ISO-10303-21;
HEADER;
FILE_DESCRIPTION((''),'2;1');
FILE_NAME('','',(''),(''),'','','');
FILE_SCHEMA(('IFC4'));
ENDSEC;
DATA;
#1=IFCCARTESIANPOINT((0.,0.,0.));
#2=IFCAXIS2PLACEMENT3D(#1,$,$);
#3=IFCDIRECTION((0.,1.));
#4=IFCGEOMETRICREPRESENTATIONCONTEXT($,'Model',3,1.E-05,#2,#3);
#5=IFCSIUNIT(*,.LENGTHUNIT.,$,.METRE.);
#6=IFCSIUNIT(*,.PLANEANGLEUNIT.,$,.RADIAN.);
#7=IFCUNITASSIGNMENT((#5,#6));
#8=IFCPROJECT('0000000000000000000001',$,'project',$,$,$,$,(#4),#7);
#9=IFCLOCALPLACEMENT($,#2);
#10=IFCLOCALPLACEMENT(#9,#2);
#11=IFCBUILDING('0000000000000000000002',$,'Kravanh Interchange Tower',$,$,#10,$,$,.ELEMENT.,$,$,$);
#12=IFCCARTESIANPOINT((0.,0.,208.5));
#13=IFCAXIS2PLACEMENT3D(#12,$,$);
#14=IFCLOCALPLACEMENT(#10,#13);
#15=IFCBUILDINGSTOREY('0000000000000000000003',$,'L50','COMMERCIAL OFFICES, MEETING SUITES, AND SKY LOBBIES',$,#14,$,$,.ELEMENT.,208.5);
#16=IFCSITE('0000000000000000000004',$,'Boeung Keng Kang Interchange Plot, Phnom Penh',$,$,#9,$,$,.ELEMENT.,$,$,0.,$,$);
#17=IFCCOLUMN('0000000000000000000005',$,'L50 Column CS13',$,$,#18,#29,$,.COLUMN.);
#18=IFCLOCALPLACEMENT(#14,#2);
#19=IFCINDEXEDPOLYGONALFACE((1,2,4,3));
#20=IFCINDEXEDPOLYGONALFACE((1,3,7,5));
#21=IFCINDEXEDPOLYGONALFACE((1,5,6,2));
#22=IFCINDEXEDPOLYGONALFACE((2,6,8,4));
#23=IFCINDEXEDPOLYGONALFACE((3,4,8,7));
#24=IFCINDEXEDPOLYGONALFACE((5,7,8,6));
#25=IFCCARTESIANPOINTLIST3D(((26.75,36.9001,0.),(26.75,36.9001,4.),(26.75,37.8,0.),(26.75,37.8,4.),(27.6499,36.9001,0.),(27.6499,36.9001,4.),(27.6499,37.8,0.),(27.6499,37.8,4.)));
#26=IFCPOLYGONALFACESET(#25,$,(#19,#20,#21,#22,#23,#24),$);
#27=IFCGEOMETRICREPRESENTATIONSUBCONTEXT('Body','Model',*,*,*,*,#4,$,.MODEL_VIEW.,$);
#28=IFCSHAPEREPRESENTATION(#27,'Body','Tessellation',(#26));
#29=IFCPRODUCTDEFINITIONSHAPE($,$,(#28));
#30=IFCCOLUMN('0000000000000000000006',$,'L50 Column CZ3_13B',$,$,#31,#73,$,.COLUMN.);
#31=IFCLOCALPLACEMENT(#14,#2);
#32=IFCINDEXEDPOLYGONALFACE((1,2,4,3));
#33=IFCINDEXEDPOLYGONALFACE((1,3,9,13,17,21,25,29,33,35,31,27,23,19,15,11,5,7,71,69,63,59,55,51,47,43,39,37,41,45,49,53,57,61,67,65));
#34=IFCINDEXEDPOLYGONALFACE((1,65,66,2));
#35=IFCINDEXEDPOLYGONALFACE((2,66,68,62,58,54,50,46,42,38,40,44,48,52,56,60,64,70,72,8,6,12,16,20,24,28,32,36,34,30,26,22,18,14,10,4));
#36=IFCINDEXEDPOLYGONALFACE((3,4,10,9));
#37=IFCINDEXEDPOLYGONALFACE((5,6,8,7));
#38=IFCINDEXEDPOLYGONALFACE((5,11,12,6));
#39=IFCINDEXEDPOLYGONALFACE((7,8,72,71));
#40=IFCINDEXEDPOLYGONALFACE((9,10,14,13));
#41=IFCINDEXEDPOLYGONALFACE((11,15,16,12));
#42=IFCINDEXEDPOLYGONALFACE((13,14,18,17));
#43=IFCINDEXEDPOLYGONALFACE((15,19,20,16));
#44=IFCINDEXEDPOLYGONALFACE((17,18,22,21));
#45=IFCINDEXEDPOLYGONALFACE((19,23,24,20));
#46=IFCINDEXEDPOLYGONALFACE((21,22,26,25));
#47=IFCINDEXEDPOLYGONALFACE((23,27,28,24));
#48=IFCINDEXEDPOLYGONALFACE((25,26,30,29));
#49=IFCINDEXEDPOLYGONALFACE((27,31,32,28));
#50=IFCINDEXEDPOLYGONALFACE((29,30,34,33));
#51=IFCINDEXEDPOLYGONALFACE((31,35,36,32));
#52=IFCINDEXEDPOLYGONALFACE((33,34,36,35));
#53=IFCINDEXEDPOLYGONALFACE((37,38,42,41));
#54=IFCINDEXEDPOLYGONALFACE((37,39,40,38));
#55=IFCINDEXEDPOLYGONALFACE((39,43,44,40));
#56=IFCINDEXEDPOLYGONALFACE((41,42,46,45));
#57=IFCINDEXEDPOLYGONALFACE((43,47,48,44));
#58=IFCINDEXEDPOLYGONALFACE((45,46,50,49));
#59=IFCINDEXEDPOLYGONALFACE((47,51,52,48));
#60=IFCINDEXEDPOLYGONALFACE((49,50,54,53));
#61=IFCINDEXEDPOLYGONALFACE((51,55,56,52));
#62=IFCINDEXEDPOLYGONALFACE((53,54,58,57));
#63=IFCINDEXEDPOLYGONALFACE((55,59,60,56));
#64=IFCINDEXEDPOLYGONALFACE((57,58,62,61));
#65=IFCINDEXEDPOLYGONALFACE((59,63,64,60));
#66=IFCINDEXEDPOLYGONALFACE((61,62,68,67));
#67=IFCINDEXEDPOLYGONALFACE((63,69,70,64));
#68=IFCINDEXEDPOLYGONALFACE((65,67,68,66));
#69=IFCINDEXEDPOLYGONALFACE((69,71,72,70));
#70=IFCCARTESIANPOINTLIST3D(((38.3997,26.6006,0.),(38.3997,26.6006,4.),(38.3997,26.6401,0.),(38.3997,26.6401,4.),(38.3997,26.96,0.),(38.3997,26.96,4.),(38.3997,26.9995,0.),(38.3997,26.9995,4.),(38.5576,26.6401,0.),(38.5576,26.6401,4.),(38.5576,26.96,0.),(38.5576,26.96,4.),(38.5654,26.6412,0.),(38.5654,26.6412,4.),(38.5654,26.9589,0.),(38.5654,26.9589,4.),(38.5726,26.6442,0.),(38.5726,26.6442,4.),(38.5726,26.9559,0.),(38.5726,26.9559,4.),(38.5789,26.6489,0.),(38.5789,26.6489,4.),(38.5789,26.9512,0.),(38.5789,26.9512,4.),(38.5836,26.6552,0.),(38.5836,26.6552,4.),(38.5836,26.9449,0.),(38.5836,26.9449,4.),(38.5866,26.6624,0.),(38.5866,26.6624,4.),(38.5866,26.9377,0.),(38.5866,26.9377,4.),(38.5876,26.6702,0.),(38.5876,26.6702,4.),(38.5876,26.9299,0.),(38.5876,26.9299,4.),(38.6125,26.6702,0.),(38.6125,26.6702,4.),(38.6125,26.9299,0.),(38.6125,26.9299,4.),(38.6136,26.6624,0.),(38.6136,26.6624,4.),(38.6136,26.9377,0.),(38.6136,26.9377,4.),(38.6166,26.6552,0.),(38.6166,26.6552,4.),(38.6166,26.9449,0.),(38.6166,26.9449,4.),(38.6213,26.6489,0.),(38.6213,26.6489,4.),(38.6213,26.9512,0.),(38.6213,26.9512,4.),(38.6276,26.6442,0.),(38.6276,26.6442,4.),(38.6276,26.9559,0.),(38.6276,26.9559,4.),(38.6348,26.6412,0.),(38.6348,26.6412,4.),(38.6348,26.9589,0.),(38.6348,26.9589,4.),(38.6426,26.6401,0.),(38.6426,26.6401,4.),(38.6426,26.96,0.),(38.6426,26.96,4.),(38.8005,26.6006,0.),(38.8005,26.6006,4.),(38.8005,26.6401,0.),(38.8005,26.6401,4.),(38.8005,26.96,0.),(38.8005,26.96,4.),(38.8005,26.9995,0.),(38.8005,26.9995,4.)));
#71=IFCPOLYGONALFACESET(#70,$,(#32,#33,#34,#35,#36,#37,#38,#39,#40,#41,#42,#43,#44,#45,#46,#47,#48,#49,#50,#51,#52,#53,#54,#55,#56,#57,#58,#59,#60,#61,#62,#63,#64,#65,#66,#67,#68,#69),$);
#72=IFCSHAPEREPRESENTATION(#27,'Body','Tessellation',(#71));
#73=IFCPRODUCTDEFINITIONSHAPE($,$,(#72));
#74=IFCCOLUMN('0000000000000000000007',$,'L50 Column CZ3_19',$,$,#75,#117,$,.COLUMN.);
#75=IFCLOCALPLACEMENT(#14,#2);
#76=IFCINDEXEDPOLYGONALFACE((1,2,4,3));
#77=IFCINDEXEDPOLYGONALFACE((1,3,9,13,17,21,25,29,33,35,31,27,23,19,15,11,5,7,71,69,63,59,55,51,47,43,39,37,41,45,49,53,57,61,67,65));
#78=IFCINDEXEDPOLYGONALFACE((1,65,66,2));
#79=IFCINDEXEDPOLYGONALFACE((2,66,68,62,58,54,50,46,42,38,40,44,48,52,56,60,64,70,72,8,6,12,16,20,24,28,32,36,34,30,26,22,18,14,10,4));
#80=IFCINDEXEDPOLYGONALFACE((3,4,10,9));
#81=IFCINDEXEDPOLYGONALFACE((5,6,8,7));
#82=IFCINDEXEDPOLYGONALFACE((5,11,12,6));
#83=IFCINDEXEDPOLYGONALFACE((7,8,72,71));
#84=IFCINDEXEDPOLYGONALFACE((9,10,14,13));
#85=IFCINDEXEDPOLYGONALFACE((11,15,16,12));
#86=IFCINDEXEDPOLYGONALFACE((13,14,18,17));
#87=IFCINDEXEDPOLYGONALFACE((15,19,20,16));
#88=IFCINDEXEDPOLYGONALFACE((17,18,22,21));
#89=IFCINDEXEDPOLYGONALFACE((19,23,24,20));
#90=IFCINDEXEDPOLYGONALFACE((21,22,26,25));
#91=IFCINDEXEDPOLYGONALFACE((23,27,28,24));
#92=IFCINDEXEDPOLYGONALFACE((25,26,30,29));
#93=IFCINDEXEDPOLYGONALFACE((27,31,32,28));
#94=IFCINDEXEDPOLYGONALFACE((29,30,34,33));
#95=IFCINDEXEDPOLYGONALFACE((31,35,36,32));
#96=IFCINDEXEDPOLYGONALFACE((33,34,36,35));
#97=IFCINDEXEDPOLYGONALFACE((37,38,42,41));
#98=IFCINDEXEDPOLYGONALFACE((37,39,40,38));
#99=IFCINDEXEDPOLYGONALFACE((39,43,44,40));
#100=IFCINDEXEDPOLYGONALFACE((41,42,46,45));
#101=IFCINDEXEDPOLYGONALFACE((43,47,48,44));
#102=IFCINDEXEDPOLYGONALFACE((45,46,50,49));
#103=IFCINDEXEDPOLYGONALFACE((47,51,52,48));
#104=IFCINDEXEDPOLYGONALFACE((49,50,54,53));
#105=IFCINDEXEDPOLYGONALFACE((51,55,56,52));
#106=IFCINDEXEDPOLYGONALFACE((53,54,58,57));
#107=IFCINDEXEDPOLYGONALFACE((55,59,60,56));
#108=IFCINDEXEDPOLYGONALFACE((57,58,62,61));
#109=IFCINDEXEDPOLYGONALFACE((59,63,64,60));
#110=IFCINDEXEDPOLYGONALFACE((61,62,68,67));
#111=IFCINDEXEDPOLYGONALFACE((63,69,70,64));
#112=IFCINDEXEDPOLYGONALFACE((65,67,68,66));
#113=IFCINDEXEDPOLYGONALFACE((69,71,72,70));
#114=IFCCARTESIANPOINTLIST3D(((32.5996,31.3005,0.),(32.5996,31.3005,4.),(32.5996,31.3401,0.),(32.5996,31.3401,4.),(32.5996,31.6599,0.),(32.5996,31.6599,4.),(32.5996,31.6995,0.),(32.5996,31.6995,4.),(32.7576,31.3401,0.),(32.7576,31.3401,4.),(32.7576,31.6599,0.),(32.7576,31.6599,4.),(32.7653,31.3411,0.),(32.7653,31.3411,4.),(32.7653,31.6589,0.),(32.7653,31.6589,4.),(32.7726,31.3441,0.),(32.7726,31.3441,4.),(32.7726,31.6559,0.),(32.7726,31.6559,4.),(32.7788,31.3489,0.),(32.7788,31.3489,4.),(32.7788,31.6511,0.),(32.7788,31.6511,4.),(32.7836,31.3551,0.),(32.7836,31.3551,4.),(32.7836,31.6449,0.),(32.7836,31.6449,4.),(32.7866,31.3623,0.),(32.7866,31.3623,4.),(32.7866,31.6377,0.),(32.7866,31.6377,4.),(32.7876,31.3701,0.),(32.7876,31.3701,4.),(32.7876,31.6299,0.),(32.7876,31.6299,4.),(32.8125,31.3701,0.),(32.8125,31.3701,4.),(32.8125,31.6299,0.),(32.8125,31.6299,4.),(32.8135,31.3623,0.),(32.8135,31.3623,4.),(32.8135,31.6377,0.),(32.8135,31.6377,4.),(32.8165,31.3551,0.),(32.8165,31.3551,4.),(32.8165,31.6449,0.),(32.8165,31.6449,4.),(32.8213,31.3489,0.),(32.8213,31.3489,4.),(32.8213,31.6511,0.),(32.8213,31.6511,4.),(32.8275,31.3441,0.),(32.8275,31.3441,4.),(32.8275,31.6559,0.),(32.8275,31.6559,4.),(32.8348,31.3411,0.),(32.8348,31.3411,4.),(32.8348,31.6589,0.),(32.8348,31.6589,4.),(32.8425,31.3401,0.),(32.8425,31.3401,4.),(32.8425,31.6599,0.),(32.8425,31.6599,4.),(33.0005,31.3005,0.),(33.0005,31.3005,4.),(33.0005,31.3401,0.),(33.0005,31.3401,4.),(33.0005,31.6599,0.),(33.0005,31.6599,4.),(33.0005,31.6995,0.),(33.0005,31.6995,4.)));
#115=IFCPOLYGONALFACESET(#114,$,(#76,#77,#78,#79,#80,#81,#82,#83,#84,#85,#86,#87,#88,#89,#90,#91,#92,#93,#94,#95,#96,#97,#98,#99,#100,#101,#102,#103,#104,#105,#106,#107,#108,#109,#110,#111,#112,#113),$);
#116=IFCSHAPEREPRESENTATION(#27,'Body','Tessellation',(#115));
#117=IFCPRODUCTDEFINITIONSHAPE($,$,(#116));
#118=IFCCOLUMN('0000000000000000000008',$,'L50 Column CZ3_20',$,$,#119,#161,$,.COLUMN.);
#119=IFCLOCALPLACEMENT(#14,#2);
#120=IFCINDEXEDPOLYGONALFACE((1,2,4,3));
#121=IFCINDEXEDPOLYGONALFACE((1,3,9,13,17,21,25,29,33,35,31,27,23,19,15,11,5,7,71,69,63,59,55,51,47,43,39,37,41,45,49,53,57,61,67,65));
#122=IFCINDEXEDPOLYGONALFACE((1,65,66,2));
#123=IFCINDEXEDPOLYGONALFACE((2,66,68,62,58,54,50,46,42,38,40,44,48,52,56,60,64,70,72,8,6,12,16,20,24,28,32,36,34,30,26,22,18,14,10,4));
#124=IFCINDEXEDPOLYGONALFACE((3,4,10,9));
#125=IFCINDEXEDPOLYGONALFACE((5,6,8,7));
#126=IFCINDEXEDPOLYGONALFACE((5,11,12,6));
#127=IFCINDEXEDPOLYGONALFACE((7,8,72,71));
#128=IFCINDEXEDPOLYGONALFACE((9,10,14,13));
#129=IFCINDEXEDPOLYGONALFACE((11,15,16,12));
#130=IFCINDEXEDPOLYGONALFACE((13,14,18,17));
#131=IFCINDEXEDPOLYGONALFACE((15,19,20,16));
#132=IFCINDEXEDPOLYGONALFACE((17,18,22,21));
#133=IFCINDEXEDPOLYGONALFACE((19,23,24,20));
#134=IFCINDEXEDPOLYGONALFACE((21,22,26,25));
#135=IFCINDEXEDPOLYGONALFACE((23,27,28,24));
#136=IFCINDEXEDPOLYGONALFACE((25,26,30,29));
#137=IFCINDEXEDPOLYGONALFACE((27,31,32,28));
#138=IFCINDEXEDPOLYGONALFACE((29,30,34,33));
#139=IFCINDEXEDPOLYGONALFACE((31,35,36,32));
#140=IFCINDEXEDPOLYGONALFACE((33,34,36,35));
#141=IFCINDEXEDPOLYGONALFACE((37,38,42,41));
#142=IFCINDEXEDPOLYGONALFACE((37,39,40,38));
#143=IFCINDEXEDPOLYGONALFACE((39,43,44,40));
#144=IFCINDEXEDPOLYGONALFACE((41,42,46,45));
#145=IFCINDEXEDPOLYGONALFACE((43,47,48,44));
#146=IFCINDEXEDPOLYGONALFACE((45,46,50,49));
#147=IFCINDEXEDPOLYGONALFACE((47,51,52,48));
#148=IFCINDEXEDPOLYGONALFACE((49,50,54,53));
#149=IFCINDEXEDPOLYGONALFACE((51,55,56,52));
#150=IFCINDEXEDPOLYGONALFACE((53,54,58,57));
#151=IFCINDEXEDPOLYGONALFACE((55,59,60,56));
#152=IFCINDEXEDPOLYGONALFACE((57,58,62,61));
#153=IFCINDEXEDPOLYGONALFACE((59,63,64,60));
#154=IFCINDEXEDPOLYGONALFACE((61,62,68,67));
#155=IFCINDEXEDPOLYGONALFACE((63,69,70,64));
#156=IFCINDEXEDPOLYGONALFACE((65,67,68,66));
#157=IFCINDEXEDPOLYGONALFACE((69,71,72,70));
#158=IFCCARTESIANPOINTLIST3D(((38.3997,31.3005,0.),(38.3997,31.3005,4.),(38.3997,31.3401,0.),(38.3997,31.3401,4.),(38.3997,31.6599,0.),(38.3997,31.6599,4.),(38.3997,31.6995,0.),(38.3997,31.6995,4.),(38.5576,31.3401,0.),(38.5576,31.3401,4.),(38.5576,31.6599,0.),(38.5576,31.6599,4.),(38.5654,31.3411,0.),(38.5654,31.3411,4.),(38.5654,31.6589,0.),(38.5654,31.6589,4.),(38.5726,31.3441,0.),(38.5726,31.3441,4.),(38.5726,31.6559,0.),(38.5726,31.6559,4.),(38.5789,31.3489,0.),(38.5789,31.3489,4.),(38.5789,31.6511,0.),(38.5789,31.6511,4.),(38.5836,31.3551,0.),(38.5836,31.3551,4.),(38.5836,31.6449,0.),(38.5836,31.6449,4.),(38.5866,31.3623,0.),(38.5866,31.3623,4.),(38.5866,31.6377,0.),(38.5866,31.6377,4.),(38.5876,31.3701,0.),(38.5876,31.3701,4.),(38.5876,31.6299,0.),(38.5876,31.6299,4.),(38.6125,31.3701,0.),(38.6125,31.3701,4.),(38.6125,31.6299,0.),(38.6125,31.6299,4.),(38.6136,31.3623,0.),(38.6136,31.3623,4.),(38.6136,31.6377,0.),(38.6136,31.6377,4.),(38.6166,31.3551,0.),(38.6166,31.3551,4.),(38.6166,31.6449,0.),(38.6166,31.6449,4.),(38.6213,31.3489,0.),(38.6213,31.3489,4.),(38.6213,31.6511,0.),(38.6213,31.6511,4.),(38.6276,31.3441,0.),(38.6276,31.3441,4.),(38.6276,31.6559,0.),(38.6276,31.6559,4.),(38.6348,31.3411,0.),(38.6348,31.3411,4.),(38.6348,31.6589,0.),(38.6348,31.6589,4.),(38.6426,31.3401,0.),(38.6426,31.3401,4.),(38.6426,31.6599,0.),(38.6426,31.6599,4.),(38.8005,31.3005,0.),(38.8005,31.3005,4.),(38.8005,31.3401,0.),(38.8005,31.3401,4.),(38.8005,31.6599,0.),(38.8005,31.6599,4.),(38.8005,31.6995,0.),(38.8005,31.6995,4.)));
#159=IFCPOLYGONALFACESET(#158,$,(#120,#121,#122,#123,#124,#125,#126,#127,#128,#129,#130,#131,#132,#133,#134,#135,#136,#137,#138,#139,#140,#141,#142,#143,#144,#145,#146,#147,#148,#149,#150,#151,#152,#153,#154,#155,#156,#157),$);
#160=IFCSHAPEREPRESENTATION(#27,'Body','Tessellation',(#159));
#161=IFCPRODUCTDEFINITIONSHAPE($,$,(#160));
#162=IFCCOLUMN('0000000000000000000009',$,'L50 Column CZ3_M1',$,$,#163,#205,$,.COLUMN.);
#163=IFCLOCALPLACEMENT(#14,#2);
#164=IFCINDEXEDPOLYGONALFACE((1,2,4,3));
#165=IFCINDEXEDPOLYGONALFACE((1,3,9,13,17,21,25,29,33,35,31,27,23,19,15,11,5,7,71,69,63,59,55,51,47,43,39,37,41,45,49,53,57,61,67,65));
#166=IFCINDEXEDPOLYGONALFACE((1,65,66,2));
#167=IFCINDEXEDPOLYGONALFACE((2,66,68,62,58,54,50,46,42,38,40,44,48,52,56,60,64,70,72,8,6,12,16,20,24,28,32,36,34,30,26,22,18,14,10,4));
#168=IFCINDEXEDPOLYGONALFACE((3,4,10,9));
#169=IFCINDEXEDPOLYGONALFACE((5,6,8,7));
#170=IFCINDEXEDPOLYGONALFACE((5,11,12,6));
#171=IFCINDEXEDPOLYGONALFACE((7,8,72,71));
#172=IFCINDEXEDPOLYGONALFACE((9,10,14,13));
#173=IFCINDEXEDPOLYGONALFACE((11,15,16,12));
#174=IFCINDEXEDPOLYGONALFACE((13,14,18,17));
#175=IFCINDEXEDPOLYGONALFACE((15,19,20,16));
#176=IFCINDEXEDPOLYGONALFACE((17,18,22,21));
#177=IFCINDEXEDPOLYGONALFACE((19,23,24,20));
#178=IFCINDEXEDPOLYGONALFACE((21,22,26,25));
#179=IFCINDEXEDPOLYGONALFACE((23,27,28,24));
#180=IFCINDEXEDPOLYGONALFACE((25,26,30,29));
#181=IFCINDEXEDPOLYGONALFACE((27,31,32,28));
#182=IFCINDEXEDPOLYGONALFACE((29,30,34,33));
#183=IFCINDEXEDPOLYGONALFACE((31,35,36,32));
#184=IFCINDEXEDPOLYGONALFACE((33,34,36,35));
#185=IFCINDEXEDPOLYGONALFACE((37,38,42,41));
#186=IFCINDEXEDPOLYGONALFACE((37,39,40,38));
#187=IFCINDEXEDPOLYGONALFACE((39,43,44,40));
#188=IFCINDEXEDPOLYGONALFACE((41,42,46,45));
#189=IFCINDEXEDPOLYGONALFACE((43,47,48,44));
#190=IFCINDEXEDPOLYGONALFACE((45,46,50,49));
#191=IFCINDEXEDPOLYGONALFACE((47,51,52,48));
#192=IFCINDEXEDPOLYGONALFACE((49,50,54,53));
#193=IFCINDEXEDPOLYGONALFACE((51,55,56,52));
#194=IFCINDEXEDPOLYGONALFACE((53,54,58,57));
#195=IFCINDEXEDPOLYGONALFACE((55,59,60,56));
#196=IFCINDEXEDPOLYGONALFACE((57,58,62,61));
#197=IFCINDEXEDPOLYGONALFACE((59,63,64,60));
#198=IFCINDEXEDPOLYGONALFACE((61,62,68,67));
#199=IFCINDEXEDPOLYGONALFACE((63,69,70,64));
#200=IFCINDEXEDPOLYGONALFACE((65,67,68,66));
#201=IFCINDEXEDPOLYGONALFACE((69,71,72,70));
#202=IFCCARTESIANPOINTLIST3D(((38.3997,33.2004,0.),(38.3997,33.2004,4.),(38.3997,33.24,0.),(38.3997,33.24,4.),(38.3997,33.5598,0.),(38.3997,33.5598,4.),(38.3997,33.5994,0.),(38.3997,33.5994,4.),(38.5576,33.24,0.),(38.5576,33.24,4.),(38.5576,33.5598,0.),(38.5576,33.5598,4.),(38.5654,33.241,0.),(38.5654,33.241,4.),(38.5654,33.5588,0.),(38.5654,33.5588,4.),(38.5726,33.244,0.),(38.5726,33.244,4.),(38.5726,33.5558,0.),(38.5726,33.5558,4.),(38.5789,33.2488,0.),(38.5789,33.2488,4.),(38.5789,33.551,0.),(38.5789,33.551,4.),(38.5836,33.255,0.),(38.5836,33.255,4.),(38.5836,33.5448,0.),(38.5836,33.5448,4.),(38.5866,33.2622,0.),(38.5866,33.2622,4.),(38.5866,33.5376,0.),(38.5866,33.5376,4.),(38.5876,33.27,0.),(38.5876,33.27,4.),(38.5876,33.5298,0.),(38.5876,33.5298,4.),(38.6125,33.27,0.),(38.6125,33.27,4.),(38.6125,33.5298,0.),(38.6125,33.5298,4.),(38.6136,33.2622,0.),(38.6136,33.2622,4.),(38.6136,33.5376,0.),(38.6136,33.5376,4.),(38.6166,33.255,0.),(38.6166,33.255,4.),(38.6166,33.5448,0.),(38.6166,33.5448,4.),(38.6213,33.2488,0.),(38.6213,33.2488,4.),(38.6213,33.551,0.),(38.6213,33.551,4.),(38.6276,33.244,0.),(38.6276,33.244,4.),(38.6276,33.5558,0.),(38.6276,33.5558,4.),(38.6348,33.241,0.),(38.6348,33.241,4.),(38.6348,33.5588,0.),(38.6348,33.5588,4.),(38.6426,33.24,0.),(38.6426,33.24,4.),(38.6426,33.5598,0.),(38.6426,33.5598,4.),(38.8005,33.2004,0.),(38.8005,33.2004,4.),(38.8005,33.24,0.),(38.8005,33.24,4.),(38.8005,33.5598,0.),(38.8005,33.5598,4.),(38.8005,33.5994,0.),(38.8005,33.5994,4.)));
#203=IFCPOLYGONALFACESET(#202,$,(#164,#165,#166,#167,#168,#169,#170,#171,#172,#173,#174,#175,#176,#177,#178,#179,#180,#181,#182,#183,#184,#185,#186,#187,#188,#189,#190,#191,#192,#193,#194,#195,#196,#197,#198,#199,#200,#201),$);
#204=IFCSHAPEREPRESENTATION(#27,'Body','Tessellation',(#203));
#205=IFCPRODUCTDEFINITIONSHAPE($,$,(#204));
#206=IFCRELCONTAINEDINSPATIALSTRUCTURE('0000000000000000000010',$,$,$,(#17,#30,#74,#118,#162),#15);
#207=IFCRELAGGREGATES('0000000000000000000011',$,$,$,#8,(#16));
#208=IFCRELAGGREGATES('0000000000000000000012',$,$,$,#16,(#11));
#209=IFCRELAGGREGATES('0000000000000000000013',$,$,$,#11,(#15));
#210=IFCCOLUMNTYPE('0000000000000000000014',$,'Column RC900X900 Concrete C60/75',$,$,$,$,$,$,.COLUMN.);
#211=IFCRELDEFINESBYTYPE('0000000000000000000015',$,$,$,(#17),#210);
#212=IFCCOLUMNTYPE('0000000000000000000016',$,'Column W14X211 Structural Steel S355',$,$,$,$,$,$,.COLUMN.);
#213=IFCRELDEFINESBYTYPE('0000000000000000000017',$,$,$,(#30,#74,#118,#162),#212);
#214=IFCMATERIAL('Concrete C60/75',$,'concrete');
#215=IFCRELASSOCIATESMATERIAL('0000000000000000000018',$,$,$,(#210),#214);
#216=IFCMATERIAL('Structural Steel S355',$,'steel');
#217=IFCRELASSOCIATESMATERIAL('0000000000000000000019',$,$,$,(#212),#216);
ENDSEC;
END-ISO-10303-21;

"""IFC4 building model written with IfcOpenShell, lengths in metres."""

from ifc_helpers import new_model, si_unit, direction, frame, origin, origin_2d, place, context, subcontext, project, spatial, rectangle, i_section, extrude, material, material_profile, profile_set, type_object, element, save


model = new_model("IFC4")

# Units and contexts
model_context = context("Model", 3, precision=1e-05, world=origin(), true_north=direction((0.0, 1.0)))
body_context = subcontext(model_context, "Body", "Model", "MODEL_VIEW")
ifc_project = project(units=[si_unit("LENGTHUNIT", "METRE"), si_unit("PLANEANGLEUNIT", "RADIAN")], contexts=[model_context])

# Site, building, storey
site_placement = place(None, origin())
site = spatial("IfcSite", under=ifc_project, at=site_placement, Name="Boeung Keng Kang Interchange Plot, Phnom Penh", CompositionType="ELEMENT", RefElevation=0.0)
building_placement = place(site_placement, origin())
building = spatial("IfcBuilding", under=site, at=building_placement, Name="Kravanh Interchange Tower", CompositionType="ELEMENT")
storey_placement = place(building_placement, frame((0.0, 0.0, 208.5)))
storey = spatial("IfcBuildingStorey", under=building, at=storey_placement, Name="L50", Description="COMMERCIAL OFFICES, MEETING SUITES, AND SKY LOBBIES", CompositionType="ELEMENT", Elevation=208.5)

# Columns
ifc_material_1 = material(Name="Concrete C60/75", Category="concrete")
ifc_material_profile_1 = material_profile(ifc_material_1, rectangle(XDim=0.8999, YDim=0.8999, at=origin_2d()), Name="RC900X900")
ifc_profile_set_1 = profile_set([ifc_material_profile_1], Name="Concrete C60/75")
column_type_1 = type_object("IfcColumnType", Name="Column RC900X900 Concrete C60/75", PredefinedType="COLUMN", material=ifc_profile_set_1)
column_placement = place(storey_placement, frame((27.2, 37.3501, 0.0), z_axis=(0.0, 0.0, 1.0), x_axis=(1.0, 0.0, 0.0)))
element("IfcColumn", 1, at=column_placement, inside=storey, type_object=column_type_1, Name="L50 Column CS13", PredefinedType="COLUMN", context=body_context, shape_type="SweptSolid", body=[
    extrude(rectangle(XDim=0.8999, YDim=0.8999, at=origin_2d()), origin(), (0.0, 0.0, 1.0), 4.0),
])
ifc_material_2 = material(Name="Structural Steel S355", Category="steel")
ifc_material_profile_2 = material_profile(ifc_material_2, i_section(OverallWidth=0.4009, OverallDepth=0.3989, WebThickness=0.0249, FlangeThickness=0.0396, FilletRadius=0.03, at=origin_2d()), Name="W14X211")
ifc_profile_set_2 = profile_set([ifc_material_profile_2], Name="Structural Steel S355")
column_type_2 = type_object("IfcColumnType", Name="Column W14X211 Structural Steel S355", PredefinedType="COLUMN", material=ifc_profile_set_2)
for number, where, z_axis, x_axis, name in (
    (2, (38.6001, 26.8, 0.0), (0.0, 0.0, 1.0), (1.0, 0.0, 0.0), "L50 Column CZ3_13B"),
    (3, (32.8, 31.5, 0.0), (0.0, 0.0, 1.0), (1.0, 0.0, 0.0), "L50 Column CZ3_19"),
    (4, (38.6001, 31.5, 0.0), (0.0, 0.0, 1.0), (1.0, 0.0, 0.0), "L50 Column CZ3_20"),
    (5, (38.6001, 33.3999, 0.0), (0.0, 0.0, 1.0), (1.0, 0.0, 0.0), "L50 Column CZ3_M1"),
):
    element("IfcColumn", number, at=place(storey_placement, frame(where, z_axis=z_axis, x_axis=x_axis)), inside=storey, type_object=column_type_2, Name=name, PredefinedType="COLUMN", context=body_context, shape_type="SweptSolid", body=[
        extrude(i_section(OverallWidth=0.4009, OverallDepth=0.3989, WebThickness=0.0249, FlangeThickness=0.0396, FilletRadius=0.03, at=origin_2d()), origin(), (0.0, 0.0, 1.0), 4.0),
    ])

save(model, "model.ifc")
